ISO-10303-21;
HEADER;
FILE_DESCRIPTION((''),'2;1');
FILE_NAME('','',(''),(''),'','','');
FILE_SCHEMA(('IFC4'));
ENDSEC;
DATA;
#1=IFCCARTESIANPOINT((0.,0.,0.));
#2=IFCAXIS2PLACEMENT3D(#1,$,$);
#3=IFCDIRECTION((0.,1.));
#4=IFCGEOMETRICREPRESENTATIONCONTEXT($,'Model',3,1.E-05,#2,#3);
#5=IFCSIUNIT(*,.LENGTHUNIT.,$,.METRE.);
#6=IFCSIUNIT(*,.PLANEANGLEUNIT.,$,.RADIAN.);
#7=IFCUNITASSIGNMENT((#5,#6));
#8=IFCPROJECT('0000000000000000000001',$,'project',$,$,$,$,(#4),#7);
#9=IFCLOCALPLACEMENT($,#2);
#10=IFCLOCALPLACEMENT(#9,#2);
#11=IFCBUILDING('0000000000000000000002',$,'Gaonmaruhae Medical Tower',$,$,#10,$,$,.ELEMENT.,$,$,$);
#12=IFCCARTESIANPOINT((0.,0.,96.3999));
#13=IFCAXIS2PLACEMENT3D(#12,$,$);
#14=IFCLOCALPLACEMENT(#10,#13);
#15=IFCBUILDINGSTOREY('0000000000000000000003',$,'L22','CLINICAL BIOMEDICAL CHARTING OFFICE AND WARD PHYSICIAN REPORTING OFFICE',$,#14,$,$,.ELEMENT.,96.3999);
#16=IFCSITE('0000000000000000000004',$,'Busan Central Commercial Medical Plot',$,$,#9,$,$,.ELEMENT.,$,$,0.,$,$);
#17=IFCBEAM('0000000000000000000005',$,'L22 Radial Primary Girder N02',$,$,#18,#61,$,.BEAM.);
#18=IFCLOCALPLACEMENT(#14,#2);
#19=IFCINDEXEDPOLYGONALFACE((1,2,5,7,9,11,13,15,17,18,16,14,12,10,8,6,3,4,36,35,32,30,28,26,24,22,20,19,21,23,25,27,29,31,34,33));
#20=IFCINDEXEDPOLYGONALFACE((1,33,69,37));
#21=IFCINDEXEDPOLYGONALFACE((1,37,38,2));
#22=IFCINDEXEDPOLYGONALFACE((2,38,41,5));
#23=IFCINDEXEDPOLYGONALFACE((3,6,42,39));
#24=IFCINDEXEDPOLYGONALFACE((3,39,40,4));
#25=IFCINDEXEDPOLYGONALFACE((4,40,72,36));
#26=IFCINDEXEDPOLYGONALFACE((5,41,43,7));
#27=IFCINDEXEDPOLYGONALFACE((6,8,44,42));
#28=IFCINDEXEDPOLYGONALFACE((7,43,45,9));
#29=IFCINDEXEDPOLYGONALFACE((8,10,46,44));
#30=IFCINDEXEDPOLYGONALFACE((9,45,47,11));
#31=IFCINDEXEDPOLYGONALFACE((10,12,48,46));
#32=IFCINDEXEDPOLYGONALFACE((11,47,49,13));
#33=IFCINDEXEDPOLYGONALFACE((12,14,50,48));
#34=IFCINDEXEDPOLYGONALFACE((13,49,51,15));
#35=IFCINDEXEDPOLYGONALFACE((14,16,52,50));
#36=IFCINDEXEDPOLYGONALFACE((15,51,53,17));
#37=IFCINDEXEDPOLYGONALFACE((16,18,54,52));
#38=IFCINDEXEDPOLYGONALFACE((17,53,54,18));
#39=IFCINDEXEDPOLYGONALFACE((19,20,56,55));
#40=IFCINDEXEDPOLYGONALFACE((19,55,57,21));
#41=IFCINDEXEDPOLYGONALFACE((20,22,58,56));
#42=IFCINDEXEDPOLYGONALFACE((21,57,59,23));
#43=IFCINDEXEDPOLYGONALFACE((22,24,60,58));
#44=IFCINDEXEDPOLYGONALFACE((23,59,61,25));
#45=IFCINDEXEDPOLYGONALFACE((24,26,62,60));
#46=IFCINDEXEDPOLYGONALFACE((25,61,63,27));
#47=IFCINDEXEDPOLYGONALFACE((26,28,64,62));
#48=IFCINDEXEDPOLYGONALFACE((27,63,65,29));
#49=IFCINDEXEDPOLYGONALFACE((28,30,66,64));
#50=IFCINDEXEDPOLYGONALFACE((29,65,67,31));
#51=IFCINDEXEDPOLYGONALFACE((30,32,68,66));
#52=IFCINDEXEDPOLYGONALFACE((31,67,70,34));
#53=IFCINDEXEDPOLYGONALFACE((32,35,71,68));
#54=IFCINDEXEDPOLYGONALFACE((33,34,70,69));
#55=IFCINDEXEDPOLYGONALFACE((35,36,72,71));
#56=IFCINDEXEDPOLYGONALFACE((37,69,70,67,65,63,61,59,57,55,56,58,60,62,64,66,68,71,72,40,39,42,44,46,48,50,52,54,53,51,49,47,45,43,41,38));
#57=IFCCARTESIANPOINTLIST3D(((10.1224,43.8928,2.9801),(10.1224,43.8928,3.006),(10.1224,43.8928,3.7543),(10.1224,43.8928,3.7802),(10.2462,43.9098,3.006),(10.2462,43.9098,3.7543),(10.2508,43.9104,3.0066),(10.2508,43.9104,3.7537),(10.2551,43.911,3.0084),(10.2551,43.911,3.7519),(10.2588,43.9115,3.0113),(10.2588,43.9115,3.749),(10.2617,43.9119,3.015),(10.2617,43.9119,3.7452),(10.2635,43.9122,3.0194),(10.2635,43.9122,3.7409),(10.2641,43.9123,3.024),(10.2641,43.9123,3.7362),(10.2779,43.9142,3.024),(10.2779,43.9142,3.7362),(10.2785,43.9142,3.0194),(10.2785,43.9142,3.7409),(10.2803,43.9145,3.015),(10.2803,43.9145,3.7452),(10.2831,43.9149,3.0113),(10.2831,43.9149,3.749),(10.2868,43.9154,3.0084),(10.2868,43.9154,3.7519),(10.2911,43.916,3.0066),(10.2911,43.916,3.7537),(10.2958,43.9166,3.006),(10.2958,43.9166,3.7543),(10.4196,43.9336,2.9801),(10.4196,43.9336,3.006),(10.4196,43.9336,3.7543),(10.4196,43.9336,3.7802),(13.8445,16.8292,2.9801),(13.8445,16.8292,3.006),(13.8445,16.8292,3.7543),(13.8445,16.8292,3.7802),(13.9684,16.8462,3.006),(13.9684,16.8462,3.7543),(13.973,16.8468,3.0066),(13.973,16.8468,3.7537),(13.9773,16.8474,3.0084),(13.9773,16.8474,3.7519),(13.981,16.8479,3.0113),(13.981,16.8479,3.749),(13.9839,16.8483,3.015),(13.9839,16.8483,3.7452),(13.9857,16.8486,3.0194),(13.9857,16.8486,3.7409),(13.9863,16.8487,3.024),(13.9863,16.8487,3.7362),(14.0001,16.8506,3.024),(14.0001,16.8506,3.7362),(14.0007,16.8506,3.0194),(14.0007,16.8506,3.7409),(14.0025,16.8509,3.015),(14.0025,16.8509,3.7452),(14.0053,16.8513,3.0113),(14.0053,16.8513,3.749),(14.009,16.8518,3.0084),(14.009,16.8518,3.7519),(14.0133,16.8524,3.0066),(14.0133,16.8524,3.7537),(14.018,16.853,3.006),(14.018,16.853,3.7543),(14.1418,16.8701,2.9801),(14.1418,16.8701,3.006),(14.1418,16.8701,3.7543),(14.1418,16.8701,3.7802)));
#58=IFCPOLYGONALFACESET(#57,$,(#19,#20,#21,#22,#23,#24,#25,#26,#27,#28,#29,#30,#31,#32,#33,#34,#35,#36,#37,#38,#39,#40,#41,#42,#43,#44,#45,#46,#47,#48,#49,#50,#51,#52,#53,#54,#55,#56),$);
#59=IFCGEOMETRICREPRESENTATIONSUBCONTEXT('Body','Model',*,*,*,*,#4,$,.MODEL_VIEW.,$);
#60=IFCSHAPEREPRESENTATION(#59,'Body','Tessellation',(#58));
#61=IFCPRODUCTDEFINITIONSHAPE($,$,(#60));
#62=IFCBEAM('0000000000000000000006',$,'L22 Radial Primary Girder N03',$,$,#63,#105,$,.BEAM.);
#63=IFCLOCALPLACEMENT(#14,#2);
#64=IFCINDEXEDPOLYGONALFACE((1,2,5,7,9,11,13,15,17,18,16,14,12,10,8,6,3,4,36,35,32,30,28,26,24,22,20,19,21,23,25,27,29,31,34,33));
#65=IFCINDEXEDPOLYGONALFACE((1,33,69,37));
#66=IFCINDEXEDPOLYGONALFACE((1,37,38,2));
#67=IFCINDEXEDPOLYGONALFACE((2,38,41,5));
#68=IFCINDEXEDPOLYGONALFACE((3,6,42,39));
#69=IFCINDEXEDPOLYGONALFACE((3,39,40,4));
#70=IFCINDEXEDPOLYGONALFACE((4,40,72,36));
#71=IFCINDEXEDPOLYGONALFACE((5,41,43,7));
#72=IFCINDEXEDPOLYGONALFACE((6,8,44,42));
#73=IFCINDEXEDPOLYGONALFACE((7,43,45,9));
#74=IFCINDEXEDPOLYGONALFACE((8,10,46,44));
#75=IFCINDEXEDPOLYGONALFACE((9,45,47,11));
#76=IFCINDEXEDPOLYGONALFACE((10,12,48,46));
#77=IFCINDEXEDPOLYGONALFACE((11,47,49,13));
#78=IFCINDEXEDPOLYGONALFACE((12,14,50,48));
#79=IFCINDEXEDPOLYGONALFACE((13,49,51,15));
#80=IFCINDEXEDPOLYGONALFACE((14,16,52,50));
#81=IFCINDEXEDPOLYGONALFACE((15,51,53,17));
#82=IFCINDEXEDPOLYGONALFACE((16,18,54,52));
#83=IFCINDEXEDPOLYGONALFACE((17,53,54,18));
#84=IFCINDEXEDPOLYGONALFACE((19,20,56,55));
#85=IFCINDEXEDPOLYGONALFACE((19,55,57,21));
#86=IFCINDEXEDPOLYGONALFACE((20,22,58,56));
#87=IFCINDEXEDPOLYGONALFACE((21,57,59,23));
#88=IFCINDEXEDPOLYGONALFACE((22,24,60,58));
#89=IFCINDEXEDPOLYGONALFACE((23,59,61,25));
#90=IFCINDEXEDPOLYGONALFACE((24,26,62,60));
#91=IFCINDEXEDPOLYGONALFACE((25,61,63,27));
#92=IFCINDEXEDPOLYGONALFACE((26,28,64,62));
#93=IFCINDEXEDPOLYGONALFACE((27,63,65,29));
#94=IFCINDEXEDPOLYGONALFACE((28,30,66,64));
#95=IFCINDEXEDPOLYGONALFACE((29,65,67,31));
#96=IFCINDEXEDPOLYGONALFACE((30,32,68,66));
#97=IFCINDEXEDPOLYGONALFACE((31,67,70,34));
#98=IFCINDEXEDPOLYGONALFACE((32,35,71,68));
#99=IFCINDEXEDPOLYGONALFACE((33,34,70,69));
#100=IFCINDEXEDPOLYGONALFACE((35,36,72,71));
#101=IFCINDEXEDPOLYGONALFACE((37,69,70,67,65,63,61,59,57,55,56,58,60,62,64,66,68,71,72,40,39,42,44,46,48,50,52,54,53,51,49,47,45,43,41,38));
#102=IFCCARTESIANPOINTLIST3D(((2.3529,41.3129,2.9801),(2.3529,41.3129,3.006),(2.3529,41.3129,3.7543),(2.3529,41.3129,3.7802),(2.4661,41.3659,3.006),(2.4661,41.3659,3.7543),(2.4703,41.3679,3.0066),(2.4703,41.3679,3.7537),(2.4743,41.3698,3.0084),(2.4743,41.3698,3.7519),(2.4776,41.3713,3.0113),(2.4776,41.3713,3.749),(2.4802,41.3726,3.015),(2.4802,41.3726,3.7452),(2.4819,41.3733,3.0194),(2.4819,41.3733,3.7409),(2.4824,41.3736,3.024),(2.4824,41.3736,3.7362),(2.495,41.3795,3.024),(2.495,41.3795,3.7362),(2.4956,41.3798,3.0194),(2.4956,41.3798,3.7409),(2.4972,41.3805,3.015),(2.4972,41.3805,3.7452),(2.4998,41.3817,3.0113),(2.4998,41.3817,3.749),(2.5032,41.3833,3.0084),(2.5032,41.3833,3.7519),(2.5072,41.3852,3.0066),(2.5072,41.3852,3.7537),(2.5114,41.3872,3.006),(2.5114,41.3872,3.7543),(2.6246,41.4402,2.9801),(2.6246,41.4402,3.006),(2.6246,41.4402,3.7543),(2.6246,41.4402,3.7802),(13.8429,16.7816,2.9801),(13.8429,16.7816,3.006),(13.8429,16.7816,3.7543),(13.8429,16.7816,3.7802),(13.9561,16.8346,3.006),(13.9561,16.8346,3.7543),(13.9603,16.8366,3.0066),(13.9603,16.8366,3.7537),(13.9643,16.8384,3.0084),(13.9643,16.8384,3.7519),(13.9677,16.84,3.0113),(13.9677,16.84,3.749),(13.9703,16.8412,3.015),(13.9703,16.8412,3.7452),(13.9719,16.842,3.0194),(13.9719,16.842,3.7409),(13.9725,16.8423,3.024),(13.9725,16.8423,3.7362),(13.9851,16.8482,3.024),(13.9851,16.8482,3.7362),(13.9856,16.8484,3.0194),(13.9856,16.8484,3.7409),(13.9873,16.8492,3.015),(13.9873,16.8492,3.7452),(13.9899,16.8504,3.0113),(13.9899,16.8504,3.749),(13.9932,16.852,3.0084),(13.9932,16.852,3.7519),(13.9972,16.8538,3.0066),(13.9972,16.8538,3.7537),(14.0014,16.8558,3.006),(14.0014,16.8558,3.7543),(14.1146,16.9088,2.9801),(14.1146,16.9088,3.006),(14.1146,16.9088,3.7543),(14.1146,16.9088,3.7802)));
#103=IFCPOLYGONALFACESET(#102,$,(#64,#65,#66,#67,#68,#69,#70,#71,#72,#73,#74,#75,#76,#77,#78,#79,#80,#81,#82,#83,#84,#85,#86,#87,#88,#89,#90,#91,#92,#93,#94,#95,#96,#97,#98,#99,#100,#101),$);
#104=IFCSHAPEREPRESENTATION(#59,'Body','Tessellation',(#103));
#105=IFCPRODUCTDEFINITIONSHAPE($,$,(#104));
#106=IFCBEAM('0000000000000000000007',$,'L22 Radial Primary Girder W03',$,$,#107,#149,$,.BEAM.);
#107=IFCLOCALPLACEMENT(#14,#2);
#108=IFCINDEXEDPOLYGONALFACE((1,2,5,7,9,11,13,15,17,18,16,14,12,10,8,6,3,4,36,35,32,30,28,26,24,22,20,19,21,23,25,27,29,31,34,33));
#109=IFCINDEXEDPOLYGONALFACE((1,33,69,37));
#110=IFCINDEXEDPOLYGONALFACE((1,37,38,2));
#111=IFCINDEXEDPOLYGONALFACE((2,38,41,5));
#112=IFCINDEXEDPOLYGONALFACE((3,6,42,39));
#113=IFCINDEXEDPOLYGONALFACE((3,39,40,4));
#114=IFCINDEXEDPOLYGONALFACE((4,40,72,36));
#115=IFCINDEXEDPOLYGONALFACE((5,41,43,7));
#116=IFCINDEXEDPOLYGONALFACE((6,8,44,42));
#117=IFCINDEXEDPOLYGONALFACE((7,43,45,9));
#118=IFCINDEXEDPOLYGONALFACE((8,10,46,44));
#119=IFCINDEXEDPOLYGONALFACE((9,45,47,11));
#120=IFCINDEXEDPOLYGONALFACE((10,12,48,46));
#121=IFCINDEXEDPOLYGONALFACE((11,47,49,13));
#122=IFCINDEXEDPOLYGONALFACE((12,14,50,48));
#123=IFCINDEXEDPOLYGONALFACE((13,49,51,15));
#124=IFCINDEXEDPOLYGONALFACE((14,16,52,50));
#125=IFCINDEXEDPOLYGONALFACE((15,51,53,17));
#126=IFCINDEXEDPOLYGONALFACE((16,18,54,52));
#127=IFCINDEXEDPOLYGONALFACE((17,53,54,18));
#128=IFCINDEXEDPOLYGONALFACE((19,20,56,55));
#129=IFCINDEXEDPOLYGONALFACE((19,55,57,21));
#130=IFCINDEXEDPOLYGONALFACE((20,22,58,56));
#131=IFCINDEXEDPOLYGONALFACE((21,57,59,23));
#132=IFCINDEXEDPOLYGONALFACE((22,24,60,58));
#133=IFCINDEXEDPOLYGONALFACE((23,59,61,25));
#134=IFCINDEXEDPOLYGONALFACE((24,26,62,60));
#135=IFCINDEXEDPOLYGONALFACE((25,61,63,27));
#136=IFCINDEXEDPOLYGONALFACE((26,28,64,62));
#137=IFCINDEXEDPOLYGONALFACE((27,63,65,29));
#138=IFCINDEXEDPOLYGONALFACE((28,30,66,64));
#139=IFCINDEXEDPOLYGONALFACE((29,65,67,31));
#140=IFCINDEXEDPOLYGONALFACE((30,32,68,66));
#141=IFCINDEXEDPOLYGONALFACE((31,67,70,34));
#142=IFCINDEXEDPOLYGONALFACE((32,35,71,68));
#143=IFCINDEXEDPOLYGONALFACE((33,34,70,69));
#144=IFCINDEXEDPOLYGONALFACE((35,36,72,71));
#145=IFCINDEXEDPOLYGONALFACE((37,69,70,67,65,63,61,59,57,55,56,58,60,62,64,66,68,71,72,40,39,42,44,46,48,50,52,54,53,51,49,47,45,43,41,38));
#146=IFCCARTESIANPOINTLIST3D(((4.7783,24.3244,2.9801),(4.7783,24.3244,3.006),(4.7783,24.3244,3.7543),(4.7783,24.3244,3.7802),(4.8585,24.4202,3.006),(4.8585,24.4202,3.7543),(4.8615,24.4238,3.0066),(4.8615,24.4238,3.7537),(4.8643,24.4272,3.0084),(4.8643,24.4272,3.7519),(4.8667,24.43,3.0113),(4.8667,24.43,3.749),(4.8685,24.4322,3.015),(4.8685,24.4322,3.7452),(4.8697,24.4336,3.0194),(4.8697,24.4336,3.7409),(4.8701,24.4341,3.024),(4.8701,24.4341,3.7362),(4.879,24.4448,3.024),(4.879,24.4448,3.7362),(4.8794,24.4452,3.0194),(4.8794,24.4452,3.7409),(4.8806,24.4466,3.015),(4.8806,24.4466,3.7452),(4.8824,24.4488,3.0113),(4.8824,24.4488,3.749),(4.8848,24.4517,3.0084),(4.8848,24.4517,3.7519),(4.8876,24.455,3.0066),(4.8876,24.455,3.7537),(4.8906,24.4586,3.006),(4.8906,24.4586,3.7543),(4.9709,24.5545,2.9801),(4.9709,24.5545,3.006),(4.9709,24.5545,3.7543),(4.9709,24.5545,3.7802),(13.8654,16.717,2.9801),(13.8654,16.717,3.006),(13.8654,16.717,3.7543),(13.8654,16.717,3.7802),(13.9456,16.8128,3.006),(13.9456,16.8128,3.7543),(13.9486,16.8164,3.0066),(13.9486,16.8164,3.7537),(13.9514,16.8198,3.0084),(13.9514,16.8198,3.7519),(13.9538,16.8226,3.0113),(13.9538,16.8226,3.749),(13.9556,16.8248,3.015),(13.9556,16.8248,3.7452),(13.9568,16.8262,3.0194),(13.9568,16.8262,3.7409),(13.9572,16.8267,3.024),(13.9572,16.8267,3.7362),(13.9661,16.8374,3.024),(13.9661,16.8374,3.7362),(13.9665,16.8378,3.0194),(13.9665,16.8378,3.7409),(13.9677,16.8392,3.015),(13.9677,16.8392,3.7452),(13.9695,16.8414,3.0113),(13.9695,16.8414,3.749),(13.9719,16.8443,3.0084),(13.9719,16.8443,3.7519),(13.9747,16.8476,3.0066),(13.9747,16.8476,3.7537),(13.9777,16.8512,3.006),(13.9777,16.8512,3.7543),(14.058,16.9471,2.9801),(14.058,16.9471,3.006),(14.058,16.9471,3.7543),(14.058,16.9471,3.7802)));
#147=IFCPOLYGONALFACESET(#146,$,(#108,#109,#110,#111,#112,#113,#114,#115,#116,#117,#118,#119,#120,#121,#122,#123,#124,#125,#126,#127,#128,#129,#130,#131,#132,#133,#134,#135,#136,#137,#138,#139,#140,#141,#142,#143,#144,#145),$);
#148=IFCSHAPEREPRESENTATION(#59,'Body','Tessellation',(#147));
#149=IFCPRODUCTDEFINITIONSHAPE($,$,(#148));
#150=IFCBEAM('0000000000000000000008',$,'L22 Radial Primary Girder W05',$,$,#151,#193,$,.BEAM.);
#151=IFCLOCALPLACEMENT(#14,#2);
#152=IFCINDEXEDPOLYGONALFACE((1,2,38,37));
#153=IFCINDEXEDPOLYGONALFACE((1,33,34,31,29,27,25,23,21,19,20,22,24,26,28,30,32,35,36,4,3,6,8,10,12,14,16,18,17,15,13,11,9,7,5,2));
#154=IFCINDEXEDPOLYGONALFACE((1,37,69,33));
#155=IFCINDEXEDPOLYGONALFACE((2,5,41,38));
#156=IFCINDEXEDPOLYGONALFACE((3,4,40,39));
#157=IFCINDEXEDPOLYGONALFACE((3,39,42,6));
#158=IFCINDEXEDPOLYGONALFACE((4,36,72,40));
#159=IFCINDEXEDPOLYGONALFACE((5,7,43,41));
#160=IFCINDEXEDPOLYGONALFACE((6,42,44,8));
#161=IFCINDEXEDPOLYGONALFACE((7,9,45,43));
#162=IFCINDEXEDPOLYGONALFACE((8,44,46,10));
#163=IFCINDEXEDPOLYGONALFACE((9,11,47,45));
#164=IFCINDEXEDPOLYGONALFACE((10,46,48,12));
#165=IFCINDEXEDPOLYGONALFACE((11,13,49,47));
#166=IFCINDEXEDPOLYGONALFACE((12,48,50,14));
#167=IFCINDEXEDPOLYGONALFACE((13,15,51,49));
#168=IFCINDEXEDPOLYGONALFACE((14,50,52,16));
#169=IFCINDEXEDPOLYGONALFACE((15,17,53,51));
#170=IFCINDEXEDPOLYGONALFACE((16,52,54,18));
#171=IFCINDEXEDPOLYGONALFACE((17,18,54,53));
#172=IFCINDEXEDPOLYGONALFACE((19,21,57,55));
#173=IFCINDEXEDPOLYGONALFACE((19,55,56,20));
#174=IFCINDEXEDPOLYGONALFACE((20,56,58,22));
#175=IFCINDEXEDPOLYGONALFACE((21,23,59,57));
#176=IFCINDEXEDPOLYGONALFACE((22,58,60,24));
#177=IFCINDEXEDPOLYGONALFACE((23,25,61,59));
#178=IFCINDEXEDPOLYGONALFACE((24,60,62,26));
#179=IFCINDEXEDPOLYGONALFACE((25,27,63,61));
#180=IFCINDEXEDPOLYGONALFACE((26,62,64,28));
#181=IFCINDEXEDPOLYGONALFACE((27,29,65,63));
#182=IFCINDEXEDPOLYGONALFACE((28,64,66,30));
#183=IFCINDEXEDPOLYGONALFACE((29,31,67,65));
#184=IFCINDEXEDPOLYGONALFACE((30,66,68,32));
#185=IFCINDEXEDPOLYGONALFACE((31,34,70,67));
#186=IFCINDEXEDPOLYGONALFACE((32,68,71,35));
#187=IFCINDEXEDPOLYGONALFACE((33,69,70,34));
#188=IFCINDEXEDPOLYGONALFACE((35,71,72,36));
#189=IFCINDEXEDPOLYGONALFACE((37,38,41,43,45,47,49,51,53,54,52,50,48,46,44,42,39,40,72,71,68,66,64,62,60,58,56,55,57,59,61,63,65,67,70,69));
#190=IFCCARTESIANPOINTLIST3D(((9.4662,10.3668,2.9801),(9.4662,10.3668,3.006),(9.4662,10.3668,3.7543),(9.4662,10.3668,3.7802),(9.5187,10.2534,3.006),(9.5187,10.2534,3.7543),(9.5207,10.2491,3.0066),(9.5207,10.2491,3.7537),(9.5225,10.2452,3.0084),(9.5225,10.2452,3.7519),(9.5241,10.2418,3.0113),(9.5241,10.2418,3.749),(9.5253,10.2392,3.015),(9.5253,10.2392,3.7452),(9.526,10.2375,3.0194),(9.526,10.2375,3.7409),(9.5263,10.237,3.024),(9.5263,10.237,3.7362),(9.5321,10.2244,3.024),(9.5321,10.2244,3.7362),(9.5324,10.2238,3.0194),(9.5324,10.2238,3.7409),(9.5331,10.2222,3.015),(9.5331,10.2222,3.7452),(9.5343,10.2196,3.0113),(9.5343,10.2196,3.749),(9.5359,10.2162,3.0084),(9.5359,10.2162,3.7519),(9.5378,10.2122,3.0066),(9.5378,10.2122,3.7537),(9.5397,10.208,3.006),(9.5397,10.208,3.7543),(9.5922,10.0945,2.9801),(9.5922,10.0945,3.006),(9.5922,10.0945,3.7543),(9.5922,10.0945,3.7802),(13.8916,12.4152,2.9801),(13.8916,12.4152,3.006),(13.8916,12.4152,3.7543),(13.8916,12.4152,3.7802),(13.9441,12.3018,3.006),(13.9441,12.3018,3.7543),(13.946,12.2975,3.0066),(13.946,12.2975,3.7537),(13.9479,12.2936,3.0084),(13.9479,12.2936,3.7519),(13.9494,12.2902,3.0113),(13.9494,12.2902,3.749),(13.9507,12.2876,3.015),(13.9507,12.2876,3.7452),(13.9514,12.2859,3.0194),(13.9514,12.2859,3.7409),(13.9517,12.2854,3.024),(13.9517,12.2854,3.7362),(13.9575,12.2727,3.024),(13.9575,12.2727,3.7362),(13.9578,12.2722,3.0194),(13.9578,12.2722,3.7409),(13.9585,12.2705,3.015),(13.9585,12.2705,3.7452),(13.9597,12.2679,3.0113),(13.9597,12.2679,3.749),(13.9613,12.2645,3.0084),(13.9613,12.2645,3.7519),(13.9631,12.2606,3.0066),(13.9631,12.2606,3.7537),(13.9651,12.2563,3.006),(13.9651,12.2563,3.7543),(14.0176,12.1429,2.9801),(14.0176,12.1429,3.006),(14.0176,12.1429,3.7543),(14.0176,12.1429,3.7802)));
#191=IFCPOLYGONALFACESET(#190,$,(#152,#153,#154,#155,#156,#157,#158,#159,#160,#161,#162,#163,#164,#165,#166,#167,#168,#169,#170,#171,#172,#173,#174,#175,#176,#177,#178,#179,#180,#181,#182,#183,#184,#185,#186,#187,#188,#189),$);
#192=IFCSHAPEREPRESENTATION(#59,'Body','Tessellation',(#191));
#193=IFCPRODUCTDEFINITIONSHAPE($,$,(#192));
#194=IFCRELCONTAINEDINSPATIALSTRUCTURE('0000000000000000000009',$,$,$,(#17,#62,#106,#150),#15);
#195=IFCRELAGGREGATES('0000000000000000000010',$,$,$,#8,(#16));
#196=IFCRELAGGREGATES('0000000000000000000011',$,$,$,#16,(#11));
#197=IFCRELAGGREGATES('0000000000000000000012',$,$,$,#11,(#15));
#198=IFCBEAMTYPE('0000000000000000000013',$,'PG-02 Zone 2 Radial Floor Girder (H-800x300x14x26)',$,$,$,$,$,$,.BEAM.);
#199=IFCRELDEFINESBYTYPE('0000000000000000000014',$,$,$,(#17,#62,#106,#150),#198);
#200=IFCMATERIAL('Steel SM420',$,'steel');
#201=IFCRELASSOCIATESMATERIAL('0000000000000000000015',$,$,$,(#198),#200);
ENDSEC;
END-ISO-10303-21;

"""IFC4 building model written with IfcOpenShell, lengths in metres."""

from ifc_helpers import new_model, si_unit, direction, frame, origin, origin_2d, place, context, subcontext, project, spatial, i_section, extrude, material, material_profile, profile_set, type_object, element, save


model = new_model("IFC4")

# Units and contexts
model_context = context("Model", 3, precision=1e-05, world=origin(), true_north=direction((0.0, 1.0)))
body_context = subcontext(model_context, "Body", "Model", "MODEL_VIEW")
ifc_project = project(units=[si_unit("LENGTHUNIT", "METRE"), si_unit("PLANEANGLEUNIT", "RADIAN")], contexts=[model_context])

# Site, building, storey
site_placement = place(None, origin())
site = spatial("IfcSite", under=ifc_project, at=site_placement, Name="Busan Central Commercial Medical Plot", CompositionType="ELEMENT", RefElevation=0.0)
building_placement = place(site_placement, origin())
building = spatial("IfcBuilding", under=site, at=building_placement, Name="Gaonmaruhae Medical Tower", CompositionType="ELEMENT")
storey_placement = place(building_placement, frame((0.0, 0.0, 96.3999)))
storey = spatial("IfcBuildingStorey", under=building, at=storey_placement, Name="L22", Description="CLINICAL BIOMEDICAL CHARTING OFFICE AND WARD PHYSICIAN REPORTING OFFICE", CompositionType="ELEMENT", Elevation=96.3999)

# Beams
ifc_material_1 = material(Name="Steel SM420", Category="steel")
ifc_material_profile_1 = material_profile(ifc_material_1, i_section(OverallWidth=0.3, OverallDepth=0.8, WebThickness=0.0139, FlangeThickness=0.0259, FilletRadius=0.0181, at=origin_2d()), Name="H-800x300x14x26")
ifc_profile_set_1 = profile_set([ifc_material_profile_1], Name="Steel SM420")
beam_type_1 = type_object("IfcBeamType", Name="PG-02 Zone 2 Radial Floor Girder (H-800x300x14x26)", PredefinedType="BEAM", material=ifc_profile_set_1)
beam_1_placement = place(storey_placement, frame((13.9932, 16.8496, 3.3801), z_axis=(-0.136252, 0.990674, 0.0), x_axis=(-0.990674, -0.136252, 0.0)))
element("IfcBeam", 1, at=beam_1_placement, inside=storey, type_object=beam_type_1, Name="L22 Radial Primary Girder N02", PredefinedType="BEAM", context=body_context, shape_type="SweptSolid", body=[
    extrude(i_section(OverallWidth=0.3, OverallDepth=0.8, WebThickness=0.0139, FlangeThickness=0.0259, FilletRadius=0.0181, at=origin_2d()), origin(), (0.0, 0.0, 1.0), 27.3184),
])
beam_2_placement = place(storey_placement, frame((13.9788, 16.8452, 3.3801), z_axis=(-0.42416, 0.905587, 0.0), x_axis=(-0.905587, -0.42416, 0.0)))
element("IfcBeam", 2, at=beam_2_placement, inside=storey, type_object=beam_type_1, Name="L22 Radial Primary Girder N03", PredefinedType="BEAM", context=body_context, shape_type="SweptSolid", body=[
    extrude(i_section(OverallWidth=0.3, OverallDepth=0.8, WebThickness=0.0139, FlangeThickness=0.0259, FilletRadius=0.0181, at=origin_2d()), origin(), (0.0, 0.0, 1.0), 27.0889),
])
beam_3_placement = place(storey_placement, frame((13.9617, 16.832, 3.3801), z_axis=(-0.766776, 0.641915, 0.0), x_axis=(-0.641915, -0.766776, 0.0)))
element("IfcBeam", 3, at=beam_3_placement, inside=storey, type_object=beam_type_1, Name="L22 Radial Primary Girder W03", PredefinedType="BEAM", context=body_context, shape_type="SweptSolid", body=[
    extrude(i_section(OverallWidth=0.3, OverallDepth=0.8, WebThickness=0.0139, FlangeThickness=0.0259, FilletRadius=0.0181, at=origin_2d()), origin(), (0.0, 0.0, 1.0), 11.8511),
])
beam_4_placement = place(storey_placement, frame((13.9546, 12.2791, 3.3801), z_axis=(-0.907499, -0.420055, 0.0), x_axis=(0.420055, -0.907499, 0.0)))
element("IfcBeam", 4, at=beam_4_placement, inside=storey, type_object=beam_type_1, Name="L22 Radial Primary Girder W05", PredefinedType="BEAM", context=body_context, shape_type="SweptSolid", body=[
    extrude(i_section(OverallWidth=0.3, OverallDepth=0.8, WebThickness=0.0139, FlangeThickness=0.0259, FilletRadius=0.0181, at=origin_2d()), origin(), (0.0, 0.0, 1.0), 4.8765),
])

save(model, "model.ifc")
